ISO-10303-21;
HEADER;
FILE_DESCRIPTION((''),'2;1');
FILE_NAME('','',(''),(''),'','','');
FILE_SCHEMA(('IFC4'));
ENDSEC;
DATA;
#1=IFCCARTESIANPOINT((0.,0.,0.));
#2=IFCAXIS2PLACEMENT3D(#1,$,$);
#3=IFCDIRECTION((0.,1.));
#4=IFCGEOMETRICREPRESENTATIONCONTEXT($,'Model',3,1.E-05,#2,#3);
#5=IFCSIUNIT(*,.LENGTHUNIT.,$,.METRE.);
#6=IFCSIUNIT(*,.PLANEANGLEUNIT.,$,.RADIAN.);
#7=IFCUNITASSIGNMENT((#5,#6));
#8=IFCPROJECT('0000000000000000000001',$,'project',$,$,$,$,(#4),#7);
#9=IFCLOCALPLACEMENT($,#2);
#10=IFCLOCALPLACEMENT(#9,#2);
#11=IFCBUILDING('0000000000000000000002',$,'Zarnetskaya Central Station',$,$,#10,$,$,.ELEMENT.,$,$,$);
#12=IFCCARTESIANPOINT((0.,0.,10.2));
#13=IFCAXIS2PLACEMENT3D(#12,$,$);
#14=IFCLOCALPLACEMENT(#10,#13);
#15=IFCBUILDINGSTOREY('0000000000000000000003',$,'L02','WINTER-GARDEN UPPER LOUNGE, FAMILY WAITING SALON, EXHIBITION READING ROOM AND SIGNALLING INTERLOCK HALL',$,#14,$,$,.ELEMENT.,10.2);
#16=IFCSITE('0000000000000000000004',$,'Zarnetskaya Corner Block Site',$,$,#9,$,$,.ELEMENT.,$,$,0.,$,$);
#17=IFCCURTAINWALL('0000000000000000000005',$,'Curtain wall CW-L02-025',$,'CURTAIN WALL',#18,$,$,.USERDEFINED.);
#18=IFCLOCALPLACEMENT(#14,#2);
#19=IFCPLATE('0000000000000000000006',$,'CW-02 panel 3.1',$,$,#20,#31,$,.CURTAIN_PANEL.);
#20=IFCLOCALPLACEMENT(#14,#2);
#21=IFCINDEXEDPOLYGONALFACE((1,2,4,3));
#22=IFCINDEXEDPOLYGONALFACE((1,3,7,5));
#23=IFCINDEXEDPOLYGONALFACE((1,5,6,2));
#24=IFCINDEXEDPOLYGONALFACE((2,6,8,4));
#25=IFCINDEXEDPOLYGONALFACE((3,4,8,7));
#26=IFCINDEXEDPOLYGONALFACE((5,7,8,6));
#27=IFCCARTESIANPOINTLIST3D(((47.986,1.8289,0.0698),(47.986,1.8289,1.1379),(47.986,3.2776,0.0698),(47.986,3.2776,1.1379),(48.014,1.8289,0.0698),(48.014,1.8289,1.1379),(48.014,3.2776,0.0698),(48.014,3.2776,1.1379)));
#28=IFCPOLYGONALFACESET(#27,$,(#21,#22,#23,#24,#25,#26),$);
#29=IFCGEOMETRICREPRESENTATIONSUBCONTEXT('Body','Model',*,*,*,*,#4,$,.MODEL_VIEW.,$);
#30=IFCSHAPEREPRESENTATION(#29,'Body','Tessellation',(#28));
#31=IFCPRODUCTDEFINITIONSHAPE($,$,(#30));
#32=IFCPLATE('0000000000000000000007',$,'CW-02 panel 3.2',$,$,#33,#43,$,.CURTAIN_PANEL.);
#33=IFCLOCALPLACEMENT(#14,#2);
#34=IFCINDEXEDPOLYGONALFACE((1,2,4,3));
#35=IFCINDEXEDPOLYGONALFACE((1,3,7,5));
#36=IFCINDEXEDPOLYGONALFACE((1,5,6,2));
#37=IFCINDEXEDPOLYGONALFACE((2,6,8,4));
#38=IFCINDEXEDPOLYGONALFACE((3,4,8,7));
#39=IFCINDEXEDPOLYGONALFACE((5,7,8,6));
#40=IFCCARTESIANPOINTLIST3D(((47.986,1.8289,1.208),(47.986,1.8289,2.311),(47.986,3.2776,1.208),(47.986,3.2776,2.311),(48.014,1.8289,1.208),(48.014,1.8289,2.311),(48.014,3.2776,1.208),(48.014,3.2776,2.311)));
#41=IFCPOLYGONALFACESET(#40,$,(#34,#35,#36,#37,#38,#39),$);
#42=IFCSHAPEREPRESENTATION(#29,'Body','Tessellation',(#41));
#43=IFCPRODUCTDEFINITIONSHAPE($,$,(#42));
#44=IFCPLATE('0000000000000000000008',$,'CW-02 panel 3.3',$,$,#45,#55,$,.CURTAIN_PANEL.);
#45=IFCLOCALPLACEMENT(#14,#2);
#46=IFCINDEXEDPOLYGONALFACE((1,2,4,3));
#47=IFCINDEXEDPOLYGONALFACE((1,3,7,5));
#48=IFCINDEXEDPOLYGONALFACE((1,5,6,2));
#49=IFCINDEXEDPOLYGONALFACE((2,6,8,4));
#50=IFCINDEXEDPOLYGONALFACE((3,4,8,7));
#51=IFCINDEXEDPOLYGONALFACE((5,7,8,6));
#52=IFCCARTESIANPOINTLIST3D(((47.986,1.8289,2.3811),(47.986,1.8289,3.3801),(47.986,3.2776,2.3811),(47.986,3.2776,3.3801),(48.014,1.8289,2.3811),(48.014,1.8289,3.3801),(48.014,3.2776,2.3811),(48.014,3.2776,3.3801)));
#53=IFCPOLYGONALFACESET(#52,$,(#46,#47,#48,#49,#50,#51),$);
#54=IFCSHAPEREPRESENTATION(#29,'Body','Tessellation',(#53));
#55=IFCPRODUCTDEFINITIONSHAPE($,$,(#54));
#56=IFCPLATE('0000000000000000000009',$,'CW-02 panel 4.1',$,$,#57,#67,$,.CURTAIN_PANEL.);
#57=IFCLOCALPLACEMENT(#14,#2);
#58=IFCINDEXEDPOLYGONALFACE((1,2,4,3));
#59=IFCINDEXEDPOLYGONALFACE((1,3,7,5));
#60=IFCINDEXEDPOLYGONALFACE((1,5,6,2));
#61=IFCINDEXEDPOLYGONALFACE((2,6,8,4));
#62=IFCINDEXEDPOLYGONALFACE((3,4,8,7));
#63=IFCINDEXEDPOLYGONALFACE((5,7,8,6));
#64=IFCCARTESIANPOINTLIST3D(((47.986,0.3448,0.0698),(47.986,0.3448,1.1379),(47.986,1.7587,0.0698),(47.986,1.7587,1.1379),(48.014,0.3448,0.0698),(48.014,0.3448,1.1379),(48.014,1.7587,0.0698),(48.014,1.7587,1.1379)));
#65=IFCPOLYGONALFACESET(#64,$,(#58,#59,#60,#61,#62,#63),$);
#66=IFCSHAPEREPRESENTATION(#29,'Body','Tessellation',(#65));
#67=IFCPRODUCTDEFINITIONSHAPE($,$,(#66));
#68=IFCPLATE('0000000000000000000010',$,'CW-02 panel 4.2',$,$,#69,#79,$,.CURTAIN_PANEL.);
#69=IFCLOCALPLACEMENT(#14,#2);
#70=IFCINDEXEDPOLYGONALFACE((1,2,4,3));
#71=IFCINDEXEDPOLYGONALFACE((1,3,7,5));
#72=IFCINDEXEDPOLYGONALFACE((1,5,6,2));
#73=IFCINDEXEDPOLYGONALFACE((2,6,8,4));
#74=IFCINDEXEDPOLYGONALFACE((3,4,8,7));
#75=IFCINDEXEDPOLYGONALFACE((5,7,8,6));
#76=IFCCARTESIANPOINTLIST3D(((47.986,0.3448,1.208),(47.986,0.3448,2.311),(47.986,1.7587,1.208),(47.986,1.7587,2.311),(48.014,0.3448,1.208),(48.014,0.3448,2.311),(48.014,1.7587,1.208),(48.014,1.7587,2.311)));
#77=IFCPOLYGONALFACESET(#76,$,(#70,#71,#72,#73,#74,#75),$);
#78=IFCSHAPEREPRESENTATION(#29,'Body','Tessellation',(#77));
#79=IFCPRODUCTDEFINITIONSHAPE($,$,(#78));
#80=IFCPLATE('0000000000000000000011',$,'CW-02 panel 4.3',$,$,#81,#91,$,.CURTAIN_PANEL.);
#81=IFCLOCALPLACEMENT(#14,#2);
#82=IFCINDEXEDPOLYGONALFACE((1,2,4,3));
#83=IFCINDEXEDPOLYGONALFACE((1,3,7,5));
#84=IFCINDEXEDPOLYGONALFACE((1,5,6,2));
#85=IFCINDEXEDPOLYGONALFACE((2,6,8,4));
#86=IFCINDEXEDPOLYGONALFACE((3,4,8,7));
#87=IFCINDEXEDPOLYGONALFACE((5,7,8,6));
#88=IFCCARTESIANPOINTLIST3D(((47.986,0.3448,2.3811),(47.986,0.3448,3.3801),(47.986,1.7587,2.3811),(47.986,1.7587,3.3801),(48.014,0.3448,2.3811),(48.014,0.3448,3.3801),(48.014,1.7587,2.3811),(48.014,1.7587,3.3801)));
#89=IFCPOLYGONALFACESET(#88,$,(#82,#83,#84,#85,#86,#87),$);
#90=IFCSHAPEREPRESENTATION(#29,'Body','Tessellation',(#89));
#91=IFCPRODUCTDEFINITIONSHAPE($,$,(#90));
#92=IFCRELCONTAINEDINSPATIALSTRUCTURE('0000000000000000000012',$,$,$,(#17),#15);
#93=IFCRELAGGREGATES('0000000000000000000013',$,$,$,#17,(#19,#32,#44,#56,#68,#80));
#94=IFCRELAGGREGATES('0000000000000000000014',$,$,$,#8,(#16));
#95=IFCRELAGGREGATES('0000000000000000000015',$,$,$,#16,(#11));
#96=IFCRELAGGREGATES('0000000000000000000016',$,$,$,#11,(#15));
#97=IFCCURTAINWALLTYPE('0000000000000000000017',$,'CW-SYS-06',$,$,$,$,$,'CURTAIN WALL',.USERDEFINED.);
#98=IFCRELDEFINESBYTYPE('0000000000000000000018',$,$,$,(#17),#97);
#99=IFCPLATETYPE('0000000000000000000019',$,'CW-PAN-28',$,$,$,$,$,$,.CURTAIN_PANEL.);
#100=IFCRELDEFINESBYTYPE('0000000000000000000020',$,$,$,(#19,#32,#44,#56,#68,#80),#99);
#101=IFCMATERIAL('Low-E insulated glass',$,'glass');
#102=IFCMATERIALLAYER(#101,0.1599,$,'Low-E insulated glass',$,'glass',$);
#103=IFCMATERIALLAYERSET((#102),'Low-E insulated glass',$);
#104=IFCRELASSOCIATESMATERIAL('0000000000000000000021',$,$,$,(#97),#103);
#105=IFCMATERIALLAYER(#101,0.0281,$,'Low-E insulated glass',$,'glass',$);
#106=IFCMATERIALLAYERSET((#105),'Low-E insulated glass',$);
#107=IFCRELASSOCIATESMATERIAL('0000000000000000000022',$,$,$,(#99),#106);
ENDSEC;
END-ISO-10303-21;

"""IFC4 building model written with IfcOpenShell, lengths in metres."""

from ifc_helpers import new_model, si_unit, direction, frame, origin, origin_2d, place, context, subcontext, project, spatial, rectangle, extrude, material, layer, layer_set, type_object, element, aggregate, save


model = new_model("IFC4")

# Units and contexts
model_context = context("Model", 3, precision=1e-05, world=origin(), true_north=direction((0.0, 1.0)))
body_context = subcontext(model_context, "Body", "Model", "MODEL_VIEW")
ifc_project = project(units=[si_unit("LENGTHUNIT", "METRE"), si_unit("PLANEANGLEUNIT", "RADIAN")], contexts=[model_context])

# Site, building, storey
site_placement = place(None, origin())
site = spatial("IfcSite", under=ifc_project, at=site_placement, Name="Zarnetskaya Corner Block Site", CompositionType="ELEMENT", RefElevation=0.0)
building_placement = place(site_placement, origin())
building = spatial("IfcBuilding", under=site, at=building_placement, Name="Zarnetskaya Central Station", CompositionType="ELEMENT")
storey_placement = place(building_placement, frame((0.0, 0.0, 10.2)))
storey = spatial("IfcBuildingStorey", under=building, at=storey_placement, Name="L02", Description="WINTER-GARDEN UPPER LOUNGE, FAMILY WAITING SALON, EXHIBITION READING ROOM AND SIGNALLING INTERLOCK HALL", CompositionType="ELEMENT", Elevation=10.2)

# Curtain wall
ifc_material_1 = material(Name="Low-E insulated glass", Category="glass")
ifc_layer_1 = layer(ifc_material_1, 0.1599, Name="Low-E insulated glass", Category="glass")
ifc_layer_set_1 = layer_set([ifc_layer_1], Name="Low-E insulated glass")
curtain_wall_type = type_object("IfcCurtainWallType", Name="CW-SYS-06", ElementType="CURTAIN WALL", PredefinedType="USERDEFINED", material=ifc_layer_set_1)
curtain_wall_placement = place(storey_placement, origin())
curtain_wall = element("IfcCurtainWall", 1, at=curtain_wall_placement, inside=storey, type_object=curtain_wall_type, Name="Curtain wall CW-L02-025", ObjectType="CURTAIN WALL", PredefinedType="USERDEFINED")

# Plates
ifc_layer_2 = layer(ifc_material_1, 0.0281, Name="Low-E insulated glass", Category="glass")
ifc_layer_set_2 = layer_set([ifc_layer_2], Name="Low-E insulated glass")
plate_type = type_object("IfcPlateType", Name="CW-PAN-28", PredefinedType="CURTAIN_PANEL", material=ifc_layer_set_2)
plate_1_placement = place(storey_placement, frame((48.0, 2.5532, 0.0698), z_axis=(0.0, 0.0, 1.0), x_axis=(0.0, -1.0, 0.0)))
plate_1 = element("IfcPlate", 2, at=plate_1_placement, type_object=plate_type, Name="CW-02 panel 3.1", PredefinedType="CURTAIN_PANEL", context=body_context, shape_type="SweptSolid", body=[
    extrude(rectangle(XDim=1.4487, YDim=0.0281, at=origin_2d()), origin(), (0.0, 0.0, 1.0), 1.0681),
])
plate_2_placement = place(storey_placement, frame((48.0, 2.5532, 1.208), z_axis=(0.0, 0.0, 1.0), x_axis=(0.0, -1.0, 0.0)))
plate_2 = element("IfcPlate", 3, at=plate_2_placement, type_object=plate_type, Name="CW-02 panel 3.2", PredefinedType="CURTAIN_PANEL", context=body_context, shape_type="SweptSolid", body=[
    extrude(rectangle(XDim=1.4487, YDim=0.0281, at=origin_2d()), origin(), (0.0, 0.0, 1.0), 1.103),
])
plate_3_placement = place(storey_placement, frame((48.0, 2.5532, 2.3811), z_axis=(0.0, 0.0, 1.0), x_axis=(0.0, -1.0, 0.0)))
plate_3 = element("IfcPlate", 4, at=plate_3_placement, type_object=plate_type, Name="CW-02 panel 3.3", PredefinedType="CURTAIN_PANEL", context=body_context, shape_type="SweptSolid", body=[
    extrude(rectangle(XDim=1.4487, YDim=0.0281, at=origin_2d()), origin(), (0.0, 0.0, 1.0), 0.999),
])
plate_4_placement = place(storey_placement, frame((48.0, 1.0518, 0.0698), z_axis=(0.0, 0.0, 1.0), x_axis=(0.0, -1.0, 0.0)))
plate_4 = element("IfcPlate", 5, at=plate_4_placement, type_object=plate_type, Name="CW-02 panel 4.1", PredefinedType="CURTAIN_PANEL", context=body_context, shape_type="SweptSolid", body=[
    extrude(rectangle(XDim=1.4138, YDim=0.0281, at=origin_2d()), origin(), (0.0, 0.0, 1.0), 1.0681),
])
plate_5_placement = place(storey_placement, frame((48.0, 1.0518, 1.208), z_axis=(0.0, 0.0, 1.0), x_axis=(0.0, -1.0, 0.0)))
plate_5 = element("IfcPlate", 6, at=plate_5_placement, type_object=plate_type, Name="CW-02 panel 4.2", PredefinedType="CURTAIN_PANEL", context=body_context, shape_type="SweptSolid", body=[
    extrude(rectangle(XDim=1.4138, YDim=0.0281, at=origin_2d()), origin(), (0.0, 0.0, 1.0), 1.103),
])
plate_6_placement = place(storey_placement, frame((48.0, 1.0518, 2.3811), z_axis=(0.0, 0.0, 1.0), x_axis=(0.0, -1.0, 0.0)))
plate_6 = element("IfcPlate", 7, at=plate_6_placement, type_object=plate_type, Name="CW-02 panel 4.3", PredefinedType="CURTAIN_PANEL", context=body_context, shape_type="SweptSolid", body=[
    extrude(rectangle(XDim=1.4138, YDim=0.0281, at=origin_2d()), origin(), (0.0, 0.0, 1.0), 0.999),
])
aggregate(curtain_wall, [plate_1, plate_2, plate_3, plate_4, plate_5, plate_6])

save(model, "model.ifc")
